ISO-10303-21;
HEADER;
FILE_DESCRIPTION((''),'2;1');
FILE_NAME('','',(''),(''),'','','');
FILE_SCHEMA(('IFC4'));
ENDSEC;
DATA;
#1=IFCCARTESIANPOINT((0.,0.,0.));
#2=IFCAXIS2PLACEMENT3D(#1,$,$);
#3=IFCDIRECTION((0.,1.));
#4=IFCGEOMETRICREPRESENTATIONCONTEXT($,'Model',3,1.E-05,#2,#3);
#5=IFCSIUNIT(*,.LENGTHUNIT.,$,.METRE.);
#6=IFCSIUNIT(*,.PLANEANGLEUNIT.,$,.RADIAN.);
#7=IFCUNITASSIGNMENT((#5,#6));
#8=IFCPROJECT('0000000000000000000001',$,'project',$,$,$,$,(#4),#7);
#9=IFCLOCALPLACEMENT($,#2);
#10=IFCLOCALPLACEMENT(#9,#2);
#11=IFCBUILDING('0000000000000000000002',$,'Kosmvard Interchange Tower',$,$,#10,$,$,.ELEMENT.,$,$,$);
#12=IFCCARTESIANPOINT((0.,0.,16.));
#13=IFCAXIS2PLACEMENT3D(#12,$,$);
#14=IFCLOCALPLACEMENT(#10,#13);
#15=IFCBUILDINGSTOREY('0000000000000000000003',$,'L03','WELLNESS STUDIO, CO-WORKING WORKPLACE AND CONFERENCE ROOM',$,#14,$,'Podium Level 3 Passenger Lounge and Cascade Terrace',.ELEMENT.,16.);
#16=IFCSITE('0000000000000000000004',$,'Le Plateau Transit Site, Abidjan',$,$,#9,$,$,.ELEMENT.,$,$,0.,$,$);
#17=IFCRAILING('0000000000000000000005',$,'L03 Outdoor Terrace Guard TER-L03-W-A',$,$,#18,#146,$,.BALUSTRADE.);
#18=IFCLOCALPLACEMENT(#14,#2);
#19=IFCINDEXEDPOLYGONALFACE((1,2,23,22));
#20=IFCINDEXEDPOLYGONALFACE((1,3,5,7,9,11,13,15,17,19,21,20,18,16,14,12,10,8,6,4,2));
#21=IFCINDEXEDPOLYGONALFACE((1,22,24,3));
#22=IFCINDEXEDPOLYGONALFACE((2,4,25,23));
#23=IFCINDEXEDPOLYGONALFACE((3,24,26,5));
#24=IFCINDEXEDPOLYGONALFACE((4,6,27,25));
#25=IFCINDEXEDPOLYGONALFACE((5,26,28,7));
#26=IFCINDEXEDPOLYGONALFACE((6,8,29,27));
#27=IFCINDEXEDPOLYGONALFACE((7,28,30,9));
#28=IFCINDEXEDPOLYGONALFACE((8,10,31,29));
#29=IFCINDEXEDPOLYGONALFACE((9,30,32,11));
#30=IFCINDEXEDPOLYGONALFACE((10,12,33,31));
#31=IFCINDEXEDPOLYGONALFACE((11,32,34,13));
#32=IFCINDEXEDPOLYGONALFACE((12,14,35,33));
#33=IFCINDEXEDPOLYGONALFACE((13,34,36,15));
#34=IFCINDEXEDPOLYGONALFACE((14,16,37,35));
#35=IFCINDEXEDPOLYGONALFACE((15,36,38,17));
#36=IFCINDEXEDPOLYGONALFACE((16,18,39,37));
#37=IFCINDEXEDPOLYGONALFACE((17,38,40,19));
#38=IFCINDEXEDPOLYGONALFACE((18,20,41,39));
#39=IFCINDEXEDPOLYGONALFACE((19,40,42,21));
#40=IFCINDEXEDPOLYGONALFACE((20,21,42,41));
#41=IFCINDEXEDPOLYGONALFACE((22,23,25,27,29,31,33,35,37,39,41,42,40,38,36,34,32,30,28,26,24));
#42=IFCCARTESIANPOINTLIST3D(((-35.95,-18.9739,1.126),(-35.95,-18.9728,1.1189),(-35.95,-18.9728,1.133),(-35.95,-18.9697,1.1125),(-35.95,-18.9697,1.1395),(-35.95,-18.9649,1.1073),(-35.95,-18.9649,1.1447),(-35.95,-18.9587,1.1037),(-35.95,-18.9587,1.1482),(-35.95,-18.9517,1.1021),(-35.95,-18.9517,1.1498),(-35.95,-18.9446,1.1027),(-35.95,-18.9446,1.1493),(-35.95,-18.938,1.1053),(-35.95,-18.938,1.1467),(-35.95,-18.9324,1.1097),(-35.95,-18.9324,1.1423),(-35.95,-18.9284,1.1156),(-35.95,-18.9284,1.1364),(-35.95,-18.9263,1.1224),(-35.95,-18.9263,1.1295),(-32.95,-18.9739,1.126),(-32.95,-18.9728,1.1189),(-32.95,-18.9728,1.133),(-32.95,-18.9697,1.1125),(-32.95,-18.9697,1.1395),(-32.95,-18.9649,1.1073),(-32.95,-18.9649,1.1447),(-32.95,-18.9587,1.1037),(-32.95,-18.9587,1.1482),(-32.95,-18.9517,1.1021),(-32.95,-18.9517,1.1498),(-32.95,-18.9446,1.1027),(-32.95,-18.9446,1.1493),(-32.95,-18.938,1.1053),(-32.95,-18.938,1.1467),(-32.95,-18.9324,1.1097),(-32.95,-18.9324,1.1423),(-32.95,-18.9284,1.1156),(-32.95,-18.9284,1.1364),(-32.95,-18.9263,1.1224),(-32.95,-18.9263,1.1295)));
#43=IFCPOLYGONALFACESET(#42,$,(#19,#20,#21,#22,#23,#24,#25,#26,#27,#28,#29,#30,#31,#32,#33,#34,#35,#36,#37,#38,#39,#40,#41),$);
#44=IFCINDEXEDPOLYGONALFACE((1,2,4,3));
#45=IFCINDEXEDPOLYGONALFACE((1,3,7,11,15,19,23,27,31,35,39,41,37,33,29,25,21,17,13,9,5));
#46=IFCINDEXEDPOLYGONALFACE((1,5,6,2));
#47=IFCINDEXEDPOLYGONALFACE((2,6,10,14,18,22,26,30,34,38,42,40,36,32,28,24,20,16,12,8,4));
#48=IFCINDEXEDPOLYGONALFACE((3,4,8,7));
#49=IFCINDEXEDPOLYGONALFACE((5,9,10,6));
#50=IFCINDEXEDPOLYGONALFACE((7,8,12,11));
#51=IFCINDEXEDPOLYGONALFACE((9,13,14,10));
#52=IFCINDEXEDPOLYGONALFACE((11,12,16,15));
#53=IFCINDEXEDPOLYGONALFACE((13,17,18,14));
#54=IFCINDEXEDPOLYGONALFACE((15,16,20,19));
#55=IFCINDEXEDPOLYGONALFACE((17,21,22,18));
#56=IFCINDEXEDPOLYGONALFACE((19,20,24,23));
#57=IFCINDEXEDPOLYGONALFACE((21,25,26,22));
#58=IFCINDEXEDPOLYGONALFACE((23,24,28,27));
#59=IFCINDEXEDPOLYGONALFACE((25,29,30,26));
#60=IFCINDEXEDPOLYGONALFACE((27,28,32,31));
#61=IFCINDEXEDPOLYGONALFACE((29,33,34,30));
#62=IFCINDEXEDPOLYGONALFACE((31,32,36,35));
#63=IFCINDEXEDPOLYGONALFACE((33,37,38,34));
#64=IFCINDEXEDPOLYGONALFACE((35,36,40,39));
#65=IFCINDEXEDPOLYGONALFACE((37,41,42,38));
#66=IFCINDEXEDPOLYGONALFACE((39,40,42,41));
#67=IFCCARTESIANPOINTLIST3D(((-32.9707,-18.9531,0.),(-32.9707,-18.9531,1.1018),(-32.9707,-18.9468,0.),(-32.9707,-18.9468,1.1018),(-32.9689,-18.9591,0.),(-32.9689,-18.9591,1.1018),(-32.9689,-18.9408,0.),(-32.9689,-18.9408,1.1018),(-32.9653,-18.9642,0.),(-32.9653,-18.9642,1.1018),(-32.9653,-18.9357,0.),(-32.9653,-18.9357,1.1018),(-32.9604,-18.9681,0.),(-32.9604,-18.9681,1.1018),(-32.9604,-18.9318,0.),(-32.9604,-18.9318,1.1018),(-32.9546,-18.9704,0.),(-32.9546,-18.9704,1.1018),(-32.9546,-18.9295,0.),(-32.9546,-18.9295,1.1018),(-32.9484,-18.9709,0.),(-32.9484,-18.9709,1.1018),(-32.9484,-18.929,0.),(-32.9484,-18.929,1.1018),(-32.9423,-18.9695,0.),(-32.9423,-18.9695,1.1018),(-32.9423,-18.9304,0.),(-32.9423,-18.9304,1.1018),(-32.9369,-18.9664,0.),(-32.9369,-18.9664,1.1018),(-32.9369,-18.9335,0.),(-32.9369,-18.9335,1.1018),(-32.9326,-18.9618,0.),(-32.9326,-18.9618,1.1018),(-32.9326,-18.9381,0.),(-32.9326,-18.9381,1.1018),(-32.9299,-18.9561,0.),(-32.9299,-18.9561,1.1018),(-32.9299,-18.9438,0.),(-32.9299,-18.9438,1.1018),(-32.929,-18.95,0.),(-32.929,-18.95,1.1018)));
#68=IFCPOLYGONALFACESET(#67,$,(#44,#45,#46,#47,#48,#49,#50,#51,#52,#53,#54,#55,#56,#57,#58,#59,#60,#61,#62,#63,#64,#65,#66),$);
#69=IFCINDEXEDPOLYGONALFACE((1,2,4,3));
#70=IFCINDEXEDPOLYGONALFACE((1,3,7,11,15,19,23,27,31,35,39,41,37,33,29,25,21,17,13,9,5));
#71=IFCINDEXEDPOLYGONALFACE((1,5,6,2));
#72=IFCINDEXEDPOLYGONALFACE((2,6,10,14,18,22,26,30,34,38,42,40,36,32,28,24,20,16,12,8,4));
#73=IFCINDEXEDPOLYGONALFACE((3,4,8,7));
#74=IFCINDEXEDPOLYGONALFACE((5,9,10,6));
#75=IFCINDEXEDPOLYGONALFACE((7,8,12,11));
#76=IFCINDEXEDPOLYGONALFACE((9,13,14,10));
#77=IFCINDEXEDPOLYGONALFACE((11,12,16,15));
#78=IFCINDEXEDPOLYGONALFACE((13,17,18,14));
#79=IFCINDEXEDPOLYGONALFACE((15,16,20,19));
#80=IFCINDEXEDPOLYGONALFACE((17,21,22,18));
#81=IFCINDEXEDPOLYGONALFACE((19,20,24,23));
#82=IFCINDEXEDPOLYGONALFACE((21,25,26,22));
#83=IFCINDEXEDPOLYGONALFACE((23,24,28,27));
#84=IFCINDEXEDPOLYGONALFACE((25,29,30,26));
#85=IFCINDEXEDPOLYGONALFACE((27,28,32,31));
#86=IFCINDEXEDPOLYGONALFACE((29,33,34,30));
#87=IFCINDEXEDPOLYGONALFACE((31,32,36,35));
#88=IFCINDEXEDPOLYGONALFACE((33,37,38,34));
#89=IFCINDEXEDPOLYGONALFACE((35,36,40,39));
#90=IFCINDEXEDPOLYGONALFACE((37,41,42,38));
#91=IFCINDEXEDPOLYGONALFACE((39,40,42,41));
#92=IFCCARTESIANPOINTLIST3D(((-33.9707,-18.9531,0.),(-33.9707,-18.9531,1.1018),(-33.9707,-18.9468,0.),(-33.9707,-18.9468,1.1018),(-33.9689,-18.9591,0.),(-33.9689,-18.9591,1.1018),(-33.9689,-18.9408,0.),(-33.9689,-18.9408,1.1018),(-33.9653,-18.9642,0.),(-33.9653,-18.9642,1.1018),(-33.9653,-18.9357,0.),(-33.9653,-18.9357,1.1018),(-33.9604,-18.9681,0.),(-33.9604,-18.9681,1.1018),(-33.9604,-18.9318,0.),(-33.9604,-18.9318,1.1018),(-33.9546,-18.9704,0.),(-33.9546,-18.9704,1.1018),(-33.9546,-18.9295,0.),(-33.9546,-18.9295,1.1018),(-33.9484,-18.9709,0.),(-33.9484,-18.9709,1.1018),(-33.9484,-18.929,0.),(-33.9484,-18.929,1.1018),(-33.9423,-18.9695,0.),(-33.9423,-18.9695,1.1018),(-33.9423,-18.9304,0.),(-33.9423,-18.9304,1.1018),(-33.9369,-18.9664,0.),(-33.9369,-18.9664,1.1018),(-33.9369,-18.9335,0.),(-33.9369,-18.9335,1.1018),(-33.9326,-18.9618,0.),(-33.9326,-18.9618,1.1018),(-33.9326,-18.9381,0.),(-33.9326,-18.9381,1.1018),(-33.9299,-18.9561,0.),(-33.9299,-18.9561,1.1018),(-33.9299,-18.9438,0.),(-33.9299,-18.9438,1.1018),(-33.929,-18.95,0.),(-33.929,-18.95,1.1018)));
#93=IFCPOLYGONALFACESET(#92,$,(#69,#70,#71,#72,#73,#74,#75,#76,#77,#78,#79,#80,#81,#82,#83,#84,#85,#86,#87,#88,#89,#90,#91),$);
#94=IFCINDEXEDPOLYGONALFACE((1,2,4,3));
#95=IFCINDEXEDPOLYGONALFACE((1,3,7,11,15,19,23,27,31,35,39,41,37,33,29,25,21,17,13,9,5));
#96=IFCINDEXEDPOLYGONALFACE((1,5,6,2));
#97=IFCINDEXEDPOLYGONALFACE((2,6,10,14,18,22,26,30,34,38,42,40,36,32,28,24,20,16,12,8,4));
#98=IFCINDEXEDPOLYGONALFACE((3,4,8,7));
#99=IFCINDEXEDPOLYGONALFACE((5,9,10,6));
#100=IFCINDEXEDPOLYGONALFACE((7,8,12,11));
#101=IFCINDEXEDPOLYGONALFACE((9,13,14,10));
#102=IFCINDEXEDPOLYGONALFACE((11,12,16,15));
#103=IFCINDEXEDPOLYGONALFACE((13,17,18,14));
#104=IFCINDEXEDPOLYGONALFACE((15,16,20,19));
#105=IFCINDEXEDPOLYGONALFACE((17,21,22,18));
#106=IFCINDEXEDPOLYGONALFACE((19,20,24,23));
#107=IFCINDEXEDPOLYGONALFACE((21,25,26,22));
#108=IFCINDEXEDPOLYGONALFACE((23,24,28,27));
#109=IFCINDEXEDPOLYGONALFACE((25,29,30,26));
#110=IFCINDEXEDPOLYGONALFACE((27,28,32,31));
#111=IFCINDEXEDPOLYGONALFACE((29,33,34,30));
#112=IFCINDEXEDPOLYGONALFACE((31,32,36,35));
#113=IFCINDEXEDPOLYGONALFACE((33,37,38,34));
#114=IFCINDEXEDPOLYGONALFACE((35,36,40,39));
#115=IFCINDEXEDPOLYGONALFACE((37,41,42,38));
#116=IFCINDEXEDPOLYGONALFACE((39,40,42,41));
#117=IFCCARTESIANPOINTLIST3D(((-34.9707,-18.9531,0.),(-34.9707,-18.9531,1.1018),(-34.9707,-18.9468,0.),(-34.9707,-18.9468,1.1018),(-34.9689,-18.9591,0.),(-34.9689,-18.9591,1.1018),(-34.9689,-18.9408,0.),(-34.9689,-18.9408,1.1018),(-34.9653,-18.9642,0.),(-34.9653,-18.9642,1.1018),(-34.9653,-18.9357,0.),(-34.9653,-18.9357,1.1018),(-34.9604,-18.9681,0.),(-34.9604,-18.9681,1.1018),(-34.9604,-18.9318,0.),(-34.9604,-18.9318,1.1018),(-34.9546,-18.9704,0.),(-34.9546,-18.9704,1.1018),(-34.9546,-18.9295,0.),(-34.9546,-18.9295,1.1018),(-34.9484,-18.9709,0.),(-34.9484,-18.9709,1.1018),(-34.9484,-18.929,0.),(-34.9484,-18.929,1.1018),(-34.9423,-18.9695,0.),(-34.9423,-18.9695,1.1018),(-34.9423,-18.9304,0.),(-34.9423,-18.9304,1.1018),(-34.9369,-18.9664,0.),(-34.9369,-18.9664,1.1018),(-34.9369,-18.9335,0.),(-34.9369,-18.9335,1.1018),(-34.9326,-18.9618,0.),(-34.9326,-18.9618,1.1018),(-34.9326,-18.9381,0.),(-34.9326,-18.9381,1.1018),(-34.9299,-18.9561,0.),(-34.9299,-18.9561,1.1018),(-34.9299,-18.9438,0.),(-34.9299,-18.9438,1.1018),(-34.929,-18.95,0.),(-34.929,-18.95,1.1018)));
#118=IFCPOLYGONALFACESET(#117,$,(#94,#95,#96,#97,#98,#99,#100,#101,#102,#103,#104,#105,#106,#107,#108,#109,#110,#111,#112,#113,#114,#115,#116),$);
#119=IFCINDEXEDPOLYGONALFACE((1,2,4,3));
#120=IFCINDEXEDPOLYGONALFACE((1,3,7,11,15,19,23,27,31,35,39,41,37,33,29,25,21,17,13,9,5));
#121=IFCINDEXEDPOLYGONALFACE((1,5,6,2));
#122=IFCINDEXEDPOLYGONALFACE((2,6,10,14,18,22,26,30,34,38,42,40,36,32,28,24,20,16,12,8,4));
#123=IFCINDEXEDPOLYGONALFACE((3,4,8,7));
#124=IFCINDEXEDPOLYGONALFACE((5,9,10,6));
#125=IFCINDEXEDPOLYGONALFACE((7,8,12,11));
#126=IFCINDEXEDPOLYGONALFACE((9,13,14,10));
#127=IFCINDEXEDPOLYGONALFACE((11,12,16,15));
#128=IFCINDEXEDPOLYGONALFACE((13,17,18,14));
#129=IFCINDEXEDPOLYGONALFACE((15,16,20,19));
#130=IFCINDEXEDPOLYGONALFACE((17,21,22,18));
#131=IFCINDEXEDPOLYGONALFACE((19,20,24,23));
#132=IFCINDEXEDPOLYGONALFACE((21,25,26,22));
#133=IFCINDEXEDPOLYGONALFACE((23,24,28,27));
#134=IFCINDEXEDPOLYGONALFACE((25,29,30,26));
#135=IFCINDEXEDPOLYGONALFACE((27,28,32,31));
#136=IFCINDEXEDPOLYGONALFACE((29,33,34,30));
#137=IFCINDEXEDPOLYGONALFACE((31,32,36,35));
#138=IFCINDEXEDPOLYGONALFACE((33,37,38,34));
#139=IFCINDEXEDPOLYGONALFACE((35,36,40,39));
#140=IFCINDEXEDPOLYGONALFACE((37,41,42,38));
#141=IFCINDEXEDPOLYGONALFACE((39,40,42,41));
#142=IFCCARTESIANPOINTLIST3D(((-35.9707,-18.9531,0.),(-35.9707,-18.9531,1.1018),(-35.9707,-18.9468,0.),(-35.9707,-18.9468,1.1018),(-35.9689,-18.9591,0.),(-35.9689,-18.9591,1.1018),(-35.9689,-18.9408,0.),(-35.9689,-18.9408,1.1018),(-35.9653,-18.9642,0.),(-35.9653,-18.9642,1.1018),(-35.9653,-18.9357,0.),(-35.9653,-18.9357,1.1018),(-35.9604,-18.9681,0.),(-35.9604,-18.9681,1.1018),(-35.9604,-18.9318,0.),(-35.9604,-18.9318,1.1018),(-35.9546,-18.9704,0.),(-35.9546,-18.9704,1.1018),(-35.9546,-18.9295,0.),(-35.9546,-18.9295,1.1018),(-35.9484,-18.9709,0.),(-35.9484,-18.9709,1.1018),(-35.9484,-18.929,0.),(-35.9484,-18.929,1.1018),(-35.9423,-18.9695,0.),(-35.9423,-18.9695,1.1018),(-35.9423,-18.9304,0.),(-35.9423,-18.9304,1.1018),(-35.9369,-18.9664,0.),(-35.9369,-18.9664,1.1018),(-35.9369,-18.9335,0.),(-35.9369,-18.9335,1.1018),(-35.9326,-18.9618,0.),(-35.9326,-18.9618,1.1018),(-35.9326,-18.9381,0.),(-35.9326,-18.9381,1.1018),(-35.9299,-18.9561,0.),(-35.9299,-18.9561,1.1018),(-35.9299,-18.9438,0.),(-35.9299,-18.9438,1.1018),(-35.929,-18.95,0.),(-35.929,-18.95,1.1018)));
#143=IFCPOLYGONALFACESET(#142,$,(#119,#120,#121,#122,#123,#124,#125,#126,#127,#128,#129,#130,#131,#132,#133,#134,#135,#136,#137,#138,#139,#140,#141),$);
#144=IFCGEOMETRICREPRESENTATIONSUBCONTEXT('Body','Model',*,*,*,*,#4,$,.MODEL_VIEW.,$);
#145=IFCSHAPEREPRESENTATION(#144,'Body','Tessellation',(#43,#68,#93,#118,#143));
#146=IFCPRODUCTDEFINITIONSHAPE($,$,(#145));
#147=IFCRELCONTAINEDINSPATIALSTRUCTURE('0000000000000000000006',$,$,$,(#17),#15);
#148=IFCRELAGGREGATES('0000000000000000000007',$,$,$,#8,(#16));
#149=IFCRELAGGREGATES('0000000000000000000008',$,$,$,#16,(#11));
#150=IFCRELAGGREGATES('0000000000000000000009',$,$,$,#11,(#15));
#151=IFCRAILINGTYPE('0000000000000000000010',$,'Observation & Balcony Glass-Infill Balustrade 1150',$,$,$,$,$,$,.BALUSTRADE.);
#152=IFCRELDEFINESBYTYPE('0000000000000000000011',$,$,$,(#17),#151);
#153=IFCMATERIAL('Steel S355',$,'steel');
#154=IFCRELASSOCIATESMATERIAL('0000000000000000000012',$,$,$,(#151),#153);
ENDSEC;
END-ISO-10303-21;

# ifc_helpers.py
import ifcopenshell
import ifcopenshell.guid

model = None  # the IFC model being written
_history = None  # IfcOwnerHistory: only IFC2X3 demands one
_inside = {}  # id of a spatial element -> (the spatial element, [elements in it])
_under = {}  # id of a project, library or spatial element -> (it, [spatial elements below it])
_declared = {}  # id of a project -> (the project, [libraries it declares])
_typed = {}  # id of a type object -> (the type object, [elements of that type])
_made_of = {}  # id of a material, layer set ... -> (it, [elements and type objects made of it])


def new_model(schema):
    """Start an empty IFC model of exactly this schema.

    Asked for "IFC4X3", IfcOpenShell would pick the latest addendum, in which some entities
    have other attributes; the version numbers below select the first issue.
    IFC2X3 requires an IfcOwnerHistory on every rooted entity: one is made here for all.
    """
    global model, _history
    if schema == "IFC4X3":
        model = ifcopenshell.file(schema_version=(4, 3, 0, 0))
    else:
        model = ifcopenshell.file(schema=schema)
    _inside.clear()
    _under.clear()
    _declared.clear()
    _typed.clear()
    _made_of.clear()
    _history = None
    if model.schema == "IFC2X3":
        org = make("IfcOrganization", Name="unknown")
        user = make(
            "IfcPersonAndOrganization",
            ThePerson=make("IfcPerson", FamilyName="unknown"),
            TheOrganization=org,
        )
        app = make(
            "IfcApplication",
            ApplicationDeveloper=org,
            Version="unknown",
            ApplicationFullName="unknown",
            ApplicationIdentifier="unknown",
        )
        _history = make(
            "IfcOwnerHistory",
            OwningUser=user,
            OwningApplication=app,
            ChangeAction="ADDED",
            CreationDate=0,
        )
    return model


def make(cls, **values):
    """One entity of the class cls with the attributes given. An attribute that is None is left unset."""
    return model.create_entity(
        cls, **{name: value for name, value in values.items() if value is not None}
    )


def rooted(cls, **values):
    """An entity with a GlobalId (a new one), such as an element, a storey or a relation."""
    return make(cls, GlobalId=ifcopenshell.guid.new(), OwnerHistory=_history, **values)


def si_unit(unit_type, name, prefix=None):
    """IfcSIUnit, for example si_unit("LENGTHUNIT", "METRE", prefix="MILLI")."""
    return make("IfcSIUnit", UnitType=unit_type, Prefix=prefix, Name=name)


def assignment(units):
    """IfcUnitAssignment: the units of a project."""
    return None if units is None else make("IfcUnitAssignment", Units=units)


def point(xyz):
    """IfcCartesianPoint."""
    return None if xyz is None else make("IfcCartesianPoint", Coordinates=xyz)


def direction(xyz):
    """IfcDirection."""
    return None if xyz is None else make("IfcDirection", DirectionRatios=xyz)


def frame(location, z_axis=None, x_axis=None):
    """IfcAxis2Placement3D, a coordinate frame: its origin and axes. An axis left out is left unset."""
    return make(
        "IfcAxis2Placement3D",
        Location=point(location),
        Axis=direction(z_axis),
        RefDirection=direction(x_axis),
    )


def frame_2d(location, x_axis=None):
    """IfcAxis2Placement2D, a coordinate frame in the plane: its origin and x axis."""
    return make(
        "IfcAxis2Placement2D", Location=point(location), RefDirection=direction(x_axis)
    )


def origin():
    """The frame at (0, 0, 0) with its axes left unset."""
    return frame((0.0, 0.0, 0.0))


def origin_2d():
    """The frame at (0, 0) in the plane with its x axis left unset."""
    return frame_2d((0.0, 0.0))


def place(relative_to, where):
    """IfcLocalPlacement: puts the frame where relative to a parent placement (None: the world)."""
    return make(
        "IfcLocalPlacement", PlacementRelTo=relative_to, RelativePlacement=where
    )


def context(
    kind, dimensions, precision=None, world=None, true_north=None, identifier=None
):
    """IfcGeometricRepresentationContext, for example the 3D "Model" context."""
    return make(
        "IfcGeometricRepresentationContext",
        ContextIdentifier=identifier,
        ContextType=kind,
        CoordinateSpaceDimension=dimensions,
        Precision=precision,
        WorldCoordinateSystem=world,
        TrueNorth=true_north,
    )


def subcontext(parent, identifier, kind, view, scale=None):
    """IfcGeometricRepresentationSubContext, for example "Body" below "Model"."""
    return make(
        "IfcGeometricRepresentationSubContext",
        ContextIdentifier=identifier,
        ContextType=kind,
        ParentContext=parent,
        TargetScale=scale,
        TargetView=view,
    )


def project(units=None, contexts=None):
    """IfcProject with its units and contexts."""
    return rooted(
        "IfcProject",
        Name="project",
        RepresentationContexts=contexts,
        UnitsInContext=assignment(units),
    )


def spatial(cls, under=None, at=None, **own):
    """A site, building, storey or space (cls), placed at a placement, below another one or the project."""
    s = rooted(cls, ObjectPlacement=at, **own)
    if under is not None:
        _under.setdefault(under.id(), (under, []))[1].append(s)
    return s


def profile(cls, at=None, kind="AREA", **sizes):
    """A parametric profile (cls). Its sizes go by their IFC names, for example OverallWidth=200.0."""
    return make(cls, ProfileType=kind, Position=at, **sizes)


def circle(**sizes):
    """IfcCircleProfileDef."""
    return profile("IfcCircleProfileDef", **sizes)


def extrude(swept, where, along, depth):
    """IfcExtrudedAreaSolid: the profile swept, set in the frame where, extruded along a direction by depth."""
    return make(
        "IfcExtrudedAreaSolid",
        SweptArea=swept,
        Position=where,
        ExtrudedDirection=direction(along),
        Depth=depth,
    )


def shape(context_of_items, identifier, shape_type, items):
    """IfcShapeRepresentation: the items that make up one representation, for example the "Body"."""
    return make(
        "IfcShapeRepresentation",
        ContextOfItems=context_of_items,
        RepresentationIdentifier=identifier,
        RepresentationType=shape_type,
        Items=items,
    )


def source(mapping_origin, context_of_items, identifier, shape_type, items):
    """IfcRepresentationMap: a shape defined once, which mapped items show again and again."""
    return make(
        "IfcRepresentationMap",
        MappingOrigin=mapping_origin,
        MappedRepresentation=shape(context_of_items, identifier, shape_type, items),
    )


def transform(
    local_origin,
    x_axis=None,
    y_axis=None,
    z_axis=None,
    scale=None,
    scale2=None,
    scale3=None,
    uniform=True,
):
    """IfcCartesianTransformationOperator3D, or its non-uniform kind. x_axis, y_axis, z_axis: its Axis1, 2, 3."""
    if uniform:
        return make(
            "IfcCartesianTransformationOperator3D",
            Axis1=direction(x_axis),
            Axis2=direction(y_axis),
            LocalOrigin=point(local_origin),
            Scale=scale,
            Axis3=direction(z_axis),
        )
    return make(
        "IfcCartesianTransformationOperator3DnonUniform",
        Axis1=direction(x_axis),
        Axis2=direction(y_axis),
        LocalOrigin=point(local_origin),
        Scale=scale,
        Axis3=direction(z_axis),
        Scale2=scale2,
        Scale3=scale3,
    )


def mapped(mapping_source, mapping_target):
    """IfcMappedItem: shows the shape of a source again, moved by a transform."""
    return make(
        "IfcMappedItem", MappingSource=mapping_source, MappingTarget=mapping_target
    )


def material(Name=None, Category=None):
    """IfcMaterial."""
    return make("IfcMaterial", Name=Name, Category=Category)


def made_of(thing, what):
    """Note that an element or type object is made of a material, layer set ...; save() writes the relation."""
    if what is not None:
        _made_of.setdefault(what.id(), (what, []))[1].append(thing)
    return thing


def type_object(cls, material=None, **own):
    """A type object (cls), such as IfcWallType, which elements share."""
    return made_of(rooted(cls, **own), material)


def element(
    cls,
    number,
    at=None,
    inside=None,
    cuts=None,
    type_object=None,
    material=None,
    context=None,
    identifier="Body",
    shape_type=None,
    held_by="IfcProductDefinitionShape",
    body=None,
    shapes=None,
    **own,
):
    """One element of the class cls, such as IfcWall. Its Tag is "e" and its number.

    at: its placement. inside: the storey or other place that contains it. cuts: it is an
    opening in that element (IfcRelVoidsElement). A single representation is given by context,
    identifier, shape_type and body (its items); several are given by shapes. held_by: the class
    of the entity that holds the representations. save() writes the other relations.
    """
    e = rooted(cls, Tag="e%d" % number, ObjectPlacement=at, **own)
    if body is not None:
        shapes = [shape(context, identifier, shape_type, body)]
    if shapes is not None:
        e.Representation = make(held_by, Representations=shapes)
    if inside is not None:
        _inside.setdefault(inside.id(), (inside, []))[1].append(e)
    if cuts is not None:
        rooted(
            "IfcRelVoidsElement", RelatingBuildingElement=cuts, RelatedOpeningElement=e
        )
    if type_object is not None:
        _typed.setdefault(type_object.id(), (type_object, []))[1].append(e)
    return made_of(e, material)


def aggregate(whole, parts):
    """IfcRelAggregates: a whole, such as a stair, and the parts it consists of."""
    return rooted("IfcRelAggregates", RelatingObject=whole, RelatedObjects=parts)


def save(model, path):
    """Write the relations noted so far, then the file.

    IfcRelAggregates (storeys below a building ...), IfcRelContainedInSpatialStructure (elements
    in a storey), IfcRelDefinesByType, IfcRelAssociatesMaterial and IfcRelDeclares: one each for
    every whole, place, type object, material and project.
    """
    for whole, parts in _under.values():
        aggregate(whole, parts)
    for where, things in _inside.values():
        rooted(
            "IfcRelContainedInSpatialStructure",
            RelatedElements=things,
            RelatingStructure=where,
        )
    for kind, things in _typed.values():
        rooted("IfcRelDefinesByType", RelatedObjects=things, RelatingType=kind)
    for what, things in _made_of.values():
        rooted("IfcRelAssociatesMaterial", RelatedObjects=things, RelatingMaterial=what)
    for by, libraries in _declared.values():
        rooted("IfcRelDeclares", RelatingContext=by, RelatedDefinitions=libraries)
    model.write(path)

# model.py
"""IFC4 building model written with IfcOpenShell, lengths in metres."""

from ifc_helpers import new_model, si_unit, direction, frame, origin, origin_2d, place, context, subcontext, project, spatial, circle, extrude, source, transform, mapped, material, type_object, element, save


model = new_model("IFC4")

# Units and contexts
model_context = context("Model", 3, precision=1e-05, world=origin(), true_north=direction((0.0, 1.0)))
body_context = subcontext(model_context, "Body", "Model", "MODEL_VIEW")
ifc_project = project(units=[si_unit("LENGTHUNIT", "METRE"), si_unit("PLANEANGLEUNIT", "RADIAN")], contexts=[model_context])

# Site, building, storey
site_placement = place(None, origin())
site = spatial("IfcSite", under=ifc_project, at=site_placement, Name="Le Plateau Transit Site, Abidjan", CompositionType="ELEMENT", RefElevation=0.0)
building_placement = place(site_placement, origin())
building = spatial("IfcBuilding", under=site, at=building_placement, Name="Kosmvard Interchange Tower", CompositionType="ELEMENT")
storey_placement = place(building_placement, frame((0.0, 0.0, 16.0)))
storey = spatial("IfcBuildingStorey", under=building, at=storey_placement, Name="L03", Description="WELLNESS STUDIO, CO-WORKING WORKPLACE AND CONFERENCE ROOM", LongName="Podium Level 3 Passenger Lounge and Cascade Terrace", CompositionType="ELEMENT", Elevation=16.0)

# Railing
ifc_material_1 = material(Name="Steel S355", Category="steel")
railing_type = type_object("IfcRailingType", Name="Observation & Balcony Glass-Infill Balustrade 1150", PredefinedType="BALUSTRADE", material=ifc_material_1)
shared_shape_1 = source(origin(), body_context, "Body", "SweptSolid", [
    extrude(circle(Radius=0.0239, at=origin_2d()), frame((0.0, 0.0, 1.126), z_axis=(-1.0, 0.0, 0.0), x_axis=(0.0, -1.0, 0.0)), (0.0, 0.0, 1.0), 3.0),
    extrude(circle(Radius=0.021, at=origin_2d()), origin(), (0.0, 0.0, 1.0), 1.1018),
    extrude(circle(Radius=0.021, at=origin_2d()), frame((-1.0, 0.0, 0.0)), (0.0, 0.0, 1.0), 1.1018),
    extrude(circle(Radius=0.021, at=origin_2d()), frame((-2.0, 0.0, 0.0)), (0.0, 0.0, 1.0), 1.1018),
    extrude(circle(Radius=0.021, at=origin_2d()), frame((-3.0, 0.0, 0.0)), (0.0, 0.0, 1.0), 1.1018),
])
railing_1_placement = place(storey_placement, frame((-32.95, -18.95, 0.0)))
element("IfcRailing", 1, at=railing_1_placement, inside=storey, type_object=railing_type, Name="L03 Outdoor Terrace Guard TER-L03-W-A", PredefinedType="BALUSTRADE", context=body_context, shape_type="MappedRepresentation", body=[
    mapped(shared_shape_1, transform((0.0, 0.0, 0.0), scale=1.0)),
])

save(model, "model.ifc")
